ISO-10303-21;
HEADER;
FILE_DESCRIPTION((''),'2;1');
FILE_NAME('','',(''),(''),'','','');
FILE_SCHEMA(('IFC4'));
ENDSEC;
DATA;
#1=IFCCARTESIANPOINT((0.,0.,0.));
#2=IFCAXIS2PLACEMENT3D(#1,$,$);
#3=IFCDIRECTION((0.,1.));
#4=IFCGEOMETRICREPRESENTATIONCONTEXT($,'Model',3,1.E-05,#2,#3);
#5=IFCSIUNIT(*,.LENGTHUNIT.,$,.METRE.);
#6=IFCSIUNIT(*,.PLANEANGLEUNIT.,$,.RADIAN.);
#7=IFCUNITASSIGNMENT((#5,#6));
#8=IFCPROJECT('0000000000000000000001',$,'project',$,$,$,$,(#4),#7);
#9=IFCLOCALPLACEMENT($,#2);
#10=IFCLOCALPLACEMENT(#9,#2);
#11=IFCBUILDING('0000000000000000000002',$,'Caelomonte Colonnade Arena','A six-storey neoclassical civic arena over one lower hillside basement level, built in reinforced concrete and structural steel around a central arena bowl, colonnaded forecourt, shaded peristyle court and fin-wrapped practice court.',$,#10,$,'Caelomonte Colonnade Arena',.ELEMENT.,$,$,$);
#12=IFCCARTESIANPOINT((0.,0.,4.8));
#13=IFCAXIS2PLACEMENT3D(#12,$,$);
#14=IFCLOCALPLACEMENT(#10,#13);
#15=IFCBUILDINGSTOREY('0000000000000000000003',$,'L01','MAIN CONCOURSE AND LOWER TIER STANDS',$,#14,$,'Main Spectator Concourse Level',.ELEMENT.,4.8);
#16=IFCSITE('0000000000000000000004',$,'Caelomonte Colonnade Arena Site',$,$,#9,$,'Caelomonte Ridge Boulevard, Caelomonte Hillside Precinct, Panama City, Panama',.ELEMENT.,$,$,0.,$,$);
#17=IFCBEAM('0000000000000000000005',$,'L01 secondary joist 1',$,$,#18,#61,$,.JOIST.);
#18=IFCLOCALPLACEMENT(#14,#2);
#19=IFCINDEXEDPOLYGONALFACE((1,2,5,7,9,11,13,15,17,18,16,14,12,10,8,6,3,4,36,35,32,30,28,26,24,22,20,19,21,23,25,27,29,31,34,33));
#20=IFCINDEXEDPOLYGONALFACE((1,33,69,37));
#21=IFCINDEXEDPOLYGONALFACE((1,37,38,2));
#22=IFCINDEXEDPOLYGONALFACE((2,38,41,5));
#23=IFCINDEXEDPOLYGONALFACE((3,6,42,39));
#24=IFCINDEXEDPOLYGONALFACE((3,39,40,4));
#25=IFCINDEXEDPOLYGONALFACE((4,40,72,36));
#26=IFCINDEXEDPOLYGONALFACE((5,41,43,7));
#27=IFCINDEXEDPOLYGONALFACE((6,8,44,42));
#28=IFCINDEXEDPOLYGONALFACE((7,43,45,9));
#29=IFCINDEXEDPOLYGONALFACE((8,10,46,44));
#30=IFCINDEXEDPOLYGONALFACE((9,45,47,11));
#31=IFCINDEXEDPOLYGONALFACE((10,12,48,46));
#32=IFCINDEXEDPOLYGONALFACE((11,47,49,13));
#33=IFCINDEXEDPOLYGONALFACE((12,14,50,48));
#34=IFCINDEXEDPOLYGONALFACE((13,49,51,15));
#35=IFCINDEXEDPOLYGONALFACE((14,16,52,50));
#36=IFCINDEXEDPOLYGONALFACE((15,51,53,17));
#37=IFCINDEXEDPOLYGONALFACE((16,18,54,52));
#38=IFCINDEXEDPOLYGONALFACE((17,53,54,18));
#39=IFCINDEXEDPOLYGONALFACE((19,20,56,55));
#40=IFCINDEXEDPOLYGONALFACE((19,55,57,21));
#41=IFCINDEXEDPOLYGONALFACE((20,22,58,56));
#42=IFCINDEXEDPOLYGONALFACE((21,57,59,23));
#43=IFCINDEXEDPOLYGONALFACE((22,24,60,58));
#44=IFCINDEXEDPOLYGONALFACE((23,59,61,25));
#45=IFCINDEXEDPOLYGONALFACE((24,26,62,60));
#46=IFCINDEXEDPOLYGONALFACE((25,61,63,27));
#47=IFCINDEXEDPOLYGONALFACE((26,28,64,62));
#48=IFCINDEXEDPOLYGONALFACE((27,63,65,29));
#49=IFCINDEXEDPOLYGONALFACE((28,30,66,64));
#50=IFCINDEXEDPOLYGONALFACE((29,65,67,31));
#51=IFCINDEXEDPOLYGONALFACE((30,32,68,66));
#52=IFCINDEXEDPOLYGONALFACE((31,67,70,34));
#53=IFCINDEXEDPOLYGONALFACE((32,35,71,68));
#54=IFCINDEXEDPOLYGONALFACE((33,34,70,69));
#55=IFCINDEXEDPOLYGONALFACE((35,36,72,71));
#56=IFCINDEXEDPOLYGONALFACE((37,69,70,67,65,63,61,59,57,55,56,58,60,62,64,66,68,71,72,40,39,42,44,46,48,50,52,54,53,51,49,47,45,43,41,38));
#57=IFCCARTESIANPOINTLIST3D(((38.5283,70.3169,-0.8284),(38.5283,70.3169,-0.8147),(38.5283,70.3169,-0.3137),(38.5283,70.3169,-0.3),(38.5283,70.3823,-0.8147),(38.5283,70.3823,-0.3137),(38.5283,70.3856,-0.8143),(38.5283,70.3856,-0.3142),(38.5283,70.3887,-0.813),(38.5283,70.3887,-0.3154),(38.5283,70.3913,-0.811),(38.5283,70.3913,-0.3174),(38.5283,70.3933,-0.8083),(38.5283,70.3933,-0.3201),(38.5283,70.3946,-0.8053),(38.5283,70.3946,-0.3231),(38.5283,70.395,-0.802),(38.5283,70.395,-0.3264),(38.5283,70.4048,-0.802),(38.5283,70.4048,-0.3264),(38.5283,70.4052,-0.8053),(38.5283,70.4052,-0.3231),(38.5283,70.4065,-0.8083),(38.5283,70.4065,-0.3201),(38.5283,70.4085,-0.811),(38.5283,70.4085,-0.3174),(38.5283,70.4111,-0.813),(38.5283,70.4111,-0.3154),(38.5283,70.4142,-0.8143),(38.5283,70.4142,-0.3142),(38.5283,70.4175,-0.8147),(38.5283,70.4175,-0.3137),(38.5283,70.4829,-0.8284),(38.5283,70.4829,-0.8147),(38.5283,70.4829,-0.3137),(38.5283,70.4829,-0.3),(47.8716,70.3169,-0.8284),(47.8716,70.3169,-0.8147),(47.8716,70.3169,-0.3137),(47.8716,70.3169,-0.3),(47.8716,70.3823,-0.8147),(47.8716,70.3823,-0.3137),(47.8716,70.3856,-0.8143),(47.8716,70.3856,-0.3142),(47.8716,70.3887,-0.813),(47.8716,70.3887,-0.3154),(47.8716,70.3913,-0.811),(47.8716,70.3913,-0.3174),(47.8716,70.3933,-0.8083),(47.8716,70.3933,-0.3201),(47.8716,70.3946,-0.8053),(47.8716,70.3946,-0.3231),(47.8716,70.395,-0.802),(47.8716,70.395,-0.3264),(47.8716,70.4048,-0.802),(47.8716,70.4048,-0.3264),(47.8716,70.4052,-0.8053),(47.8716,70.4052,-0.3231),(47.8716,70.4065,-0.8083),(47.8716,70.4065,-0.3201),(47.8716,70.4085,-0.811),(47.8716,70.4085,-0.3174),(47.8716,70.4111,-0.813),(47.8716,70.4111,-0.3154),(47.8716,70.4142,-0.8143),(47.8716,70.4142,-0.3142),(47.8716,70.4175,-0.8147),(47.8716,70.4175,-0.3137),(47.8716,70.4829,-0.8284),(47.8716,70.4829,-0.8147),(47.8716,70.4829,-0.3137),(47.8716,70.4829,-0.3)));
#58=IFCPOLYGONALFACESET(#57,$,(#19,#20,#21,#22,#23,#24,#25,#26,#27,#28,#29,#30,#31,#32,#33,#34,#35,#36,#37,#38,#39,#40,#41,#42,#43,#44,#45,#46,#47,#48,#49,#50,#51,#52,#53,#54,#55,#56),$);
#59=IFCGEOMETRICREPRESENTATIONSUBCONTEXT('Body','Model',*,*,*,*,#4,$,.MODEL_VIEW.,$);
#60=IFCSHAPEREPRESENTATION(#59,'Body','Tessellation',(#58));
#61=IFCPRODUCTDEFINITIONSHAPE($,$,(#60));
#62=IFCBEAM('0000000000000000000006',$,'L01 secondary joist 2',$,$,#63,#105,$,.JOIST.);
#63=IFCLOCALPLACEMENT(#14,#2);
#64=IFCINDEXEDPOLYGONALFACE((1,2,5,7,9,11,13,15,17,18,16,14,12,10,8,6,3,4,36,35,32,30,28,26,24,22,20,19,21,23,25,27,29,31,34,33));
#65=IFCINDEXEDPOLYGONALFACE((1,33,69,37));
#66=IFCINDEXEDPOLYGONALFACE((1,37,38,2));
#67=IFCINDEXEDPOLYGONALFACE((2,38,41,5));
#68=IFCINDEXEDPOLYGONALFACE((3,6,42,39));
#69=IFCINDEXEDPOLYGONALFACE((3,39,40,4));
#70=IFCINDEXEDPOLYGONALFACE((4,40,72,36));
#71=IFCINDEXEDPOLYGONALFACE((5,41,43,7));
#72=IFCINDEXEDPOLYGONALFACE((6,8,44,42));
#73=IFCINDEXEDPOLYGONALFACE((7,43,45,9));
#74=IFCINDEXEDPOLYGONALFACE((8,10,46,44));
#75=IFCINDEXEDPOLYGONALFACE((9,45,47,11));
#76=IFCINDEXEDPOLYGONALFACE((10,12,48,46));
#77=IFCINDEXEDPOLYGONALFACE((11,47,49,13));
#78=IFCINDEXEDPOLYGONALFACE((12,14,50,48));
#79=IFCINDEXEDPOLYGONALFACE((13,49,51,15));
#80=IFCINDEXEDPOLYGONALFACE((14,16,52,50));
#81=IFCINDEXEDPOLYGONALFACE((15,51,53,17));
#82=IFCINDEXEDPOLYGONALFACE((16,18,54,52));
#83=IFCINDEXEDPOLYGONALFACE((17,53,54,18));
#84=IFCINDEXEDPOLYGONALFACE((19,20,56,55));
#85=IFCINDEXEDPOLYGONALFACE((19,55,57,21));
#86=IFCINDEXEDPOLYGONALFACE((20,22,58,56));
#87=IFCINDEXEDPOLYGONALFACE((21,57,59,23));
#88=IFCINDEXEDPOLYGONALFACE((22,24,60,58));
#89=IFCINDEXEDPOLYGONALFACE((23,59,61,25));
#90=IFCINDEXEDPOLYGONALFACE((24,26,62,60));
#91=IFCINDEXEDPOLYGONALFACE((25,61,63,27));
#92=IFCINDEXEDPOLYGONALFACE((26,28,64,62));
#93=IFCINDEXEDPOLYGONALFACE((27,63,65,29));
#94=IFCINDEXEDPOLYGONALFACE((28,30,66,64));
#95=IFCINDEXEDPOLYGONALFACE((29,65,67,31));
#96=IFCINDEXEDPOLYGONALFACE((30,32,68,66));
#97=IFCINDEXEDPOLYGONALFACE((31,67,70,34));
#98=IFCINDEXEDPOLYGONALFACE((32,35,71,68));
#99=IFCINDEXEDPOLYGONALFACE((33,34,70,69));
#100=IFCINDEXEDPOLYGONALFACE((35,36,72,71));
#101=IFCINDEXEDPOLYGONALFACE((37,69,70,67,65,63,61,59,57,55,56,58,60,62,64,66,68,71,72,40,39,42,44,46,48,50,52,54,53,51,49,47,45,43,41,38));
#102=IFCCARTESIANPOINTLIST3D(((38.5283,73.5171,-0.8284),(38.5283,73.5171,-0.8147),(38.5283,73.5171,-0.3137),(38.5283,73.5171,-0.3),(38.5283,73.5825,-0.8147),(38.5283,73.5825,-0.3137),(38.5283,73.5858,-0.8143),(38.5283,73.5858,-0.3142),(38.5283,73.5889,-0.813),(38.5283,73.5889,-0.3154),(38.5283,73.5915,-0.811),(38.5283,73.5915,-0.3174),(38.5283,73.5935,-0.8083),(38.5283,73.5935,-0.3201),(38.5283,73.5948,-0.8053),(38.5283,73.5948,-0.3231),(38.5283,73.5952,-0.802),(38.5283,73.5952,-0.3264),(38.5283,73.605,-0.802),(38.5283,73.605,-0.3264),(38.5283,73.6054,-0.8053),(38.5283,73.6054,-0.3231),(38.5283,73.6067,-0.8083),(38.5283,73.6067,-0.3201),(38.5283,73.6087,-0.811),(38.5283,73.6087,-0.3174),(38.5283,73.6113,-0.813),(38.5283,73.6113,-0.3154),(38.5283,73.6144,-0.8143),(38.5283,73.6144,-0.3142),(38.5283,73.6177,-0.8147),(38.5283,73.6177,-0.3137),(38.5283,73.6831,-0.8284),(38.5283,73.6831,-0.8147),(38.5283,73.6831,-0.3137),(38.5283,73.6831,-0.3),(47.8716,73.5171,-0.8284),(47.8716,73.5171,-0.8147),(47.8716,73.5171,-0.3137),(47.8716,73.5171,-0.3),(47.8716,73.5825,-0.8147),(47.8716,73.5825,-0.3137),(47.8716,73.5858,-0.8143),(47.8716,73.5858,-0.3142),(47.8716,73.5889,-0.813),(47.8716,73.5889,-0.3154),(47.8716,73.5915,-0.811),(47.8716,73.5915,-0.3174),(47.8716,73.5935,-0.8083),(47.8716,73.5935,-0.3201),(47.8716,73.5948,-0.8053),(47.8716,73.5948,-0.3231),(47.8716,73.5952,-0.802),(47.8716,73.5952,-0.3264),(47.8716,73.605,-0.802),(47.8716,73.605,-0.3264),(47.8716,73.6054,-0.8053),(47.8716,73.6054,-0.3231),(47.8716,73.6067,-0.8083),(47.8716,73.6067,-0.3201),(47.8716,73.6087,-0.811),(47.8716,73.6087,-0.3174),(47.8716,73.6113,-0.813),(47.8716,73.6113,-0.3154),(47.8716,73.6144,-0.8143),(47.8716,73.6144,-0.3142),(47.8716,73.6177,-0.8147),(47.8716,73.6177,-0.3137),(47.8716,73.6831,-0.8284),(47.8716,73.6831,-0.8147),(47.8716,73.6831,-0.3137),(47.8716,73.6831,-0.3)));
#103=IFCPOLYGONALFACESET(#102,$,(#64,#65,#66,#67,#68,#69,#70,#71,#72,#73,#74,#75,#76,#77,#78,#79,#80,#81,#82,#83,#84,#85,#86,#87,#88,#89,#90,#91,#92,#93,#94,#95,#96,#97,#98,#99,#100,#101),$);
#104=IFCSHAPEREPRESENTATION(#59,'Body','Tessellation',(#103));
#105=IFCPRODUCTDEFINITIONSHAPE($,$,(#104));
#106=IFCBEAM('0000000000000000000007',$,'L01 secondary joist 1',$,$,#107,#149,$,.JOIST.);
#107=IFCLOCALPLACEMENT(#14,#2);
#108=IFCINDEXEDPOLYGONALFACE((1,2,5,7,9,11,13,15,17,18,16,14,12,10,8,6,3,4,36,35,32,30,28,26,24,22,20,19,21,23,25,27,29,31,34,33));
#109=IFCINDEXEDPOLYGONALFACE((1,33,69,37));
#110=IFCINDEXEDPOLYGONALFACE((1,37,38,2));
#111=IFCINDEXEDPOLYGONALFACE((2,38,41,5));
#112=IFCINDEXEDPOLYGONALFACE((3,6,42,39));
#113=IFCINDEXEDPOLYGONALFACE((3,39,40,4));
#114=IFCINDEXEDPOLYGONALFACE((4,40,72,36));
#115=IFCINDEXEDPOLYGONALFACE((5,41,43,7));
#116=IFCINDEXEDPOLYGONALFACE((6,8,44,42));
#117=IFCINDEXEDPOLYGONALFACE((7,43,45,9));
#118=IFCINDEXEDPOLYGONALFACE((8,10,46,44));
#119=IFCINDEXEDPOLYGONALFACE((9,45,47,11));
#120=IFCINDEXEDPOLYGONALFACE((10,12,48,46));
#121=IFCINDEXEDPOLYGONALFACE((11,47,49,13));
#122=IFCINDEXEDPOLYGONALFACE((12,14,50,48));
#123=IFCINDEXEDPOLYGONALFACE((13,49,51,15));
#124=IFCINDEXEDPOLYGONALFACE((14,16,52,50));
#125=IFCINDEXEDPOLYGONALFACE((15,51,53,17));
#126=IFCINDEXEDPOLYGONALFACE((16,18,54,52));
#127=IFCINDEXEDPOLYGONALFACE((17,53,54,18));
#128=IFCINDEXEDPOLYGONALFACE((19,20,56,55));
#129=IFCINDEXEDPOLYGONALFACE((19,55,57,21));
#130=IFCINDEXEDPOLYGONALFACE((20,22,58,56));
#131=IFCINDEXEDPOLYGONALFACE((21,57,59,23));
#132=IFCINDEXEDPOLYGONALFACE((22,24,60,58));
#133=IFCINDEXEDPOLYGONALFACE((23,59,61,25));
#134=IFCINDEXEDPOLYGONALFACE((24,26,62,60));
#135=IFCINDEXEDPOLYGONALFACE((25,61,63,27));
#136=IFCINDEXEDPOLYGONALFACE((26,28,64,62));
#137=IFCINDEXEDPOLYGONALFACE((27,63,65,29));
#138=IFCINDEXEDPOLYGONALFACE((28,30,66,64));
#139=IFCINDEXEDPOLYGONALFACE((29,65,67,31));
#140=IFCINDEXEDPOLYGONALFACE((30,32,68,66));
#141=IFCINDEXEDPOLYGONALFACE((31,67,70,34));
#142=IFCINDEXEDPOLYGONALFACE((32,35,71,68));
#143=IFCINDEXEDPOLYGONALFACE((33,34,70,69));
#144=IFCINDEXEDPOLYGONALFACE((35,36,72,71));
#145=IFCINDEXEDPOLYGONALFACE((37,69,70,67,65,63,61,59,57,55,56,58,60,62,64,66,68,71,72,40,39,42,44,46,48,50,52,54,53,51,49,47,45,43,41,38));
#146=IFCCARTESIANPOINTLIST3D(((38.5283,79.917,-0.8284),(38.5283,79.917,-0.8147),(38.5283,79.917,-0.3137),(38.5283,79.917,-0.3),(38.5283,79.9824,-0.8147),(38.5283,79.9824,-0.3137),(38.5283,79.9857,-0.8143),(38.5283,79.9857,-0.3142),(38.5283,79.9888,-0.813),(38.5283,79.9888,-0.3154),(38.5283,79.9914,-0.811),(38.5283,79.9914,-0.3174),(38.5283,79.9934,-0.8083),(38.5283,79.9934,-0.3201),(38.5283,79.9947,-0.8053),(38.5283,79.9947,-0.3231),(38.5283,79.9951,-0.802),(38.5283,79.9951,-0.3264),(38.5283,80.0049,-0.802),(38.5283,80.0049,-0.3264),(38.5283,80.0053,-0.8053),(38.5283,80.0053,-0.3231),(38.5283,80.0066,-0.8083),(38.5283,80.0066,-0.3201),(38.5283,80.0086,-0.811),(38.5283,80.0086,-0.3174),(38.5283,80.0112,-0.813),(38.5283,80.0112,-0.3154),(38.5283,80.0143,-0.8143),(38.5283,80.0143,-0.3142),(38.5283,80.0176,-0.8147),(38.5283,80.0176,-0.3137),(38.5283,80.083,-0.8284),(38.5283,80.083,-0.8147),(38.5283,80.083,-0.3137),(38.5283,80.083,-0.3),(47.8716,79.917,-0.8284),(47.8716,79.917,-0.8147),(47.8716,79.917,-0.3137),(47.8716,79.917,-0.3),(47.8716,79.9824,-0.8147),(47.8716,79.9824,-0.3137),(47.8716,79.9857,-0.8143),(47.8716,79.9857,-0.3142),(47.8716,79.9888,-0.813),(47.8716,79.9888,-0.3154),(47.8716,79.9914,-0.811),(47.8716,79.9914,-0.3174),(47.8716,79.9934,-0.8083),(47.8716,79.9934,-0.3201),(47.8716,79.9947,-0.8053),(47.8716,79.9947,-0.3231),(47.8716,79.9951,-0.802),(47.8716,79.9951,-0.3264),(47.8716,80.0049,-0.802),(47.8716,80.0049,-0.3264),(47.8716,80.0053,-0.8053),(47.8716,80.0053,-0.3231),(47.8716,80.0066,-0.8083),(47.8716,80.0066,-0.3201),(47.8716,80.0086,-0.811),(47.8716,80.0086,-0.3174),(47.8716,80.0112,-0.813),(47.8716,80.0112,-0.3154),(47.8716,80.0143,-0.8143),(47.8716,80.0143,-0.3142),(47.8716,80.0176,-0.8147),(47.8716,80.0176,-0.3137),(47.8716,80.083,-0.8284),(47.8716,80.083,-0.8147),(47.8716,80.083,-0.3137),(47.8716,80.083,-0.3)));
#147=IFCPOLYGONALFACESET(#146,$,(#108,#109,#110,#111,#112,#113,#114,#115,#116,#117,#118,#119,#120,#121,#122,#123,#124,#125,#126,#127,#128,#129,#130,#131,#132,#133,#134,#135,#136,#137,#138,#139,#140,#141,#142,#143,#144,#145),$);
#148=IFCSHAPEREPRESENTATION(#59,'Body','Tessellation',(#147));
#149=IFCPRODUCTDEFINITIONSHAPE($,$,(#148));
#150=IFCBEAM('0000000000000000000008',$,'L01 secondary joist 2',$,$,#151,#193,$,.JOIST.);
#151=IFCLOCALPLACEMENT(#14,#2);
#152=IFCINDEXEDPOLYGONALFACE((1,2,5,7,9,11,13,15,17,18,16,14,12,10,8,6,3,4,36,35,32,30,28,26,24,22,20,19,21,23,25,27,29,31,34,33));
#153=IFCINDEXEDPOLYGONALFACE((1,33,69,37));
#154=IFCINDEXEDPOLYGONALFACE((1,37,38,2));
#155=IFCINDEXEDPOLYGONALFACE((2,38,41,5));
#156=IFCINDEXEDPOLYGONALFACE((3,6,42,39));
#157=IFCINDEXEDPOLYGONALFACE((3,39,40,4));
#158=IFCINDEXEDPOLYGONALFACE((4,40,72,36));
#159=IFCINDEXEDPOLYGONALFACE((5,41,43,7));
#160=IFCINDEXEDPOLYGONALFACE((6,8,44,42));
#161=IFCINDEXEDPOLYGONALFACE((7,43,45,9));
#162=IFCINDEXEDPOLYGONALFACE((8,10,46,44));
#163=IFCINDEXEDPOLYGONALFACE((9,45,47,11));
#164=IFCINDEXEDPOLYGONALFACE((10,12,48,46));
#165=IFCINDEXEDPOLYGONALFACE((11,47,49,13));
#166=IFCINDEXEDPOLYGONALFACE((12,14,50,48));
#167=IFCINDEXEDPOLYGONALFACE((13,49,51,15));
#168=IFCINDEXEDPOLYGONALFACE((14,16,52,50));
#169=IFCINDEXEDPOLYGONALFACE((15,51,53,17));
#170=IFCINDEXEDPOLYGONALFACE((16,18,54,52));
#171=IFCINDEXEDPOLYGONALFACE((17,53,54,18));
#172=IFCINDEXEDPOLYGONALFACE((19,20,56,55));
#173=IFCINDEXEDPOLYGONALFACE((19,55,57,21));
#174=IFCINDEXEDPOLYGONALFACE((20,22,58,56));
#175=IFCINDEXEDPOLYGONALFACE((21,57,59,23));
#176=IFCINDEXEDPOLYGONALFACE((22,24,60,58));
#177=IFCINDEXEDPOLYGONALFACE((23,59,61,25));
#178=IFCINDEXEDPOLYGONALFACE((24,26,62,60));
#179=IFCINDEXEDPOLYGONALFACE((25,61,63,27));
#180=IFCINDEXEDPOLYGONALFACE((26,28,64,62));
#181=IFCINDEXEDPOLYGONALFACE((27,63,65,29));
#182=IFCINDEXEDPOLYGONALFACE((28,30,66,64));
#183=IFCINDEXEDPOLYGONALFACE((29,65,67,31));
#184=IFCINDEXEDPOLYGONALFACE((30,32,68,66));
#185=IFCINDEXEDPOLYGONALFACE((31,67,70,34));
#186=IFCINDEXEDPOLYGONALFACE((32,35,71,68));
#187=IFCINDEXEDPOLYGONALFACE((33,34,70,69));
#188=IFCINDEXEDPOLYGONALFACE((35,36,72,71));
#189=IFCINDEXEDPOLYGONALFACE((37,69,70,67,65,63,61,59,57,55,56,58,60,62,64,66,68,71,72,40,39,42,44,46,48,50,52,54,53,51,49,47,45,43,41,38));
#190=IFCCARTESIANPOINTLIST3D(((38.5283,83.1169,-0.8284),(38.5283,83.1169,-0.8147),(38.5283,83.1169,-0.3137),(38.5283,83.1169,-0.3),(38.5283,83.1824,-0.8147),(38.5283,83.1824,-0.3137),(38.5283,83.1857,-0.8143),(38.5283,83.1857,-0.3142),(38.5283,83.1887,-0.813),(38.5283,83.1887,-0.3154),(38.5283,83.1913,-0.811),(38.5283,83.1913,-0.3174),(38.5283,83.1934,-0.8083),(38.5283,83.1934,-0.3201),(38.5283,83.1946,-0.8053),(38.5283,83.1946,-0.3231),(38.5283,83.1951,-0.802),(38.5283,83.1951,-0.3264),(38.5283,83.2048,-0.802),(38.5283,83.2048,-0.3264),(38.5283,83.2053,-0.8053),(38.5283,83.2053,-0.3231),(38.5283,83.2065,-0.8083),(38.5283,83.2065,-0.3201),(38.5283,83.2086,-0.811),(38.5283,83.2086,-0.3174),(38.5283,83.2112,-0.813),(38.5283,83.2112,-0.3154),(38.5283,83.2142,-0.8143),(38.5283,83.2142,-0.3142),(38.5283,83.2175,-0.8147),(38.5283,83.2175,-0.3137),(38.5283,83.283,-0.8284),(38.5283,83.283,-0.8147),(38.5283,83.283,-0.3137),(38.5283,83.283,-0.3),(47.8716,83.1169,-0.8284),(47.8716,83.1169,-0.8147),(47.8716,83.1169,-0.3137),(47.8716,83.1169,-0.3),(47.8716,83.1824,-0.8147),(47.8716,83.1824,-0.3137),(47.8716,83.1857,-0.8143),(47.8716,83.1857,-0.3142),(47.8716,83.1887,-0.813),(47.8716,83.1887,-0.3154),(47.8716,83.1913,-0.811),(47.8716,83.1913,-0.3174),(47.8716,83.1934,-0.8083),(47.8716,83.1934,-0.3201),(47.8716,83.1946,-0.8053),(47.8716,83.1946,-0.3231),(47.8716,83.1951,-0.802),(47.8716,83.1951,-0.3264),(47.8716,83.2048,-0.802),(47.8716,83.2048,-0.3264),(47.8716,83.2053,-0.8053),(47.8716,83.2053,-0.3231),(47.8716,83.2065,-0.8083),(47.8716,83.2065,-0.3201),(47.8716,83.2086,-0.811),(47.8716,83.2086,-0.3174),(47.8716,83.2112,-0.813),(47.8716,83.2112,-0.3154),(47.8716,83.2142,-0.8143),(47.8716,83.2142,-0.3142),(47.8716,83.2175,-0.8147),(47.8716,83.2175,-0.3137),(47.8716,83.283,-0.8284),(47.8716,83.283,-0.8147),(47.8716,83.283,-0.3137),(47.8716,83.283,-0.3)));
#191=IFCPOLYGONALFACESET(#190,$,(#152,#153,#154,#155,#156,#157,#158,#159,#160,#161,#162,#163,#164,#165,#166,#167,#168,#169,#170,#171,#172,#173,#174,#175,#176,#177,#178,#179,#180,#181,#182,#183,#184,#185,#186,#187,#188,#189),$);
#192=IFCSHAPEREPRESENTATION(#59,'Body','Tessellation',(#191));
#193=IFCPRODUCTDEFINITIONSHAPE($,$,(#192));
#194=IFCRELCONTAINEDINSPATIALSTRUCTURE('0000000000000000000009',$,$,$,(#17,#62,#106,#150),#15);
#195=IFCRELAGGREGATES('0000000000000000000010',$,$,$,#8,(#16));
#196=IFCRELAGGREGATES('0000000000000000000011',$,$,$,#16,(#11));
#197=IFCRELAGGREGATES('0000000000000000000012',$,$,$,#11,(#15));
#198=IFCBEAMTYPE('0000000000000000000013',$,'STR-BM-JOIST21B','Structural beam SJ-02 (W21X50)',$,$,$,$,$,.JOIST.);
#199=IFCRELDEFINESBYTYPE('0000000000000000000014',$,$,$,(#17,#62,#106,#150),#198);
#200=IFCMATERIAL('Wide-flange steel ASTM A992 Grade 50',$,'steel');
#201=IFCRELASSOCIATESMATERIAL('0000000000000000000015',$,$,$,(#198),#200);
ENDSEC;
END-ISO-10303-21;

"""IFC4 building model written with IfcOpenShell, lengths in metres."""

from ifc_helpers import new_model, si_unit, direction, frame, origin, origin_2d, place, context, subcontext, project, spatial, i_section, extrude, material, material_profile, profile_set, type_object, element, save


model = new_model("IFC4")

# Units and contexts
model_context = context("Model", 3, precision=1e-05, world=origin(), true_north=direction((0.0, 1.0)))
body_context = subcontext(model_context, "Body", "Model", "MODEL_VIEW")
ifc_project = project(units=[si_unit("LENGTHUNIT", "METRE"), si_unit("PLANEANGLEUNIT", "RADIAN")], contexts=[model_context])

# Site, building, storey
site_placement = place(None, origin())
site = spatial("IfcSite", under=ifc_project, at=site_placement, Name="Caelomonte Colonnade Arena Site", LongName="Caelomonte Ridge Boulevard, Caelomonte Hillside Precinct, Panama City, Panama", CompositionType="ELEMENT", RefElevation=0.0)
building_placement = place(site_placement, origin())
building = spatial("IfcBuilding", under=site, at=building_placement, Name="Caelomonte Colonnade Arena", Description="A six-storey neoclassical civic arena over one lower hillside basement level, built in reinforced concrete and structural steel around a central arena bowl, colonnaded forecourt, shaded peristyle court and fin-wrapped practice court.", LongName="Caelomonte Colonnade Arena", CompositionType="ELEMENT")
storey_placement = place(building_placement, frame((0.0, 0.0, 4.8)))
storey = spatial("IfcBuildingStorey", under=building, at=storey_placement, Name="L01", Description="MAIN CONCOURSE AND LOWER TIER STANDS", LongName="Main Spectator Concourse Level", CompositionType="ELEMENT", Elevation=4.8)

# Shared definitions
ifc_material_1 = material(Name="Wide-flange steel ASTM A992 Grade 50", Category="steel")

# Beams
ifc_material_profile_1 = material_profile(ifc_material_1, i_section(OverallWidth=0.166, OverallDepth=0.5283, WebThickness=0.0098, FlangeThickness=0.0137, FilletRadius=0.0127, at=origin_2d()), Name="W21X50")
ifc_profile_set_1 = profile_set([ifc_material_profile_1], Name="Wide-flange steel ASTM A992 Grade 50")
beam_type_1 = type_object("IfcBeamType", Name="STR-BM-JOIST21B", Description="Structural beam SJ-02 (W21X50)", PredefinedType="JOIST", material=ifc_profile_set_1)
for number, where, z_axis, x_axis, name in (
    (1, (38.5283, 70.3999, -0.5642), (1.0, 0.0, 0.0), (0.0, 1.0, 0.0), "L01 secondary joist 1"),
    (2, (38.5283, 73.6001, -0.5642), (1.0, 0.0, 0.0), (0.0, 1.0, 0.0), "L01 secondary joist 2"),
    (3, (38.5283, 80.0, -0.5642), (1.0, 0.0, 0.0), (0.0, 1.0, 0.0), "L01 secondary joist 1"),
    (4, (38.5283, 83.2, -0.5642), (1.0, 0.0, 0.0), (0.0, 1.0, 0.0), "L01 secondary joist 2"),
):
    element("IfcBeam", number, at=place(storey_placement, frame(where, z_axis=z_axis, x_axis=x_axis)), inside=storey, type_object=beam_type_1, Name=name, PredefinedType="JOIST", context=body_context, shape_type="SweptSolid", body=[
        extrude(i_section(OverallWidth=0.166, OverallDepth=0.5283, WebThickness=0.0098, FlangeThickness=0.0137, FilletRadius=0.0127, at=origin_2d()), origin(), (0.0, 0.0, 1.0), 9.3433),
    ])

save(model, "model.ifc")
